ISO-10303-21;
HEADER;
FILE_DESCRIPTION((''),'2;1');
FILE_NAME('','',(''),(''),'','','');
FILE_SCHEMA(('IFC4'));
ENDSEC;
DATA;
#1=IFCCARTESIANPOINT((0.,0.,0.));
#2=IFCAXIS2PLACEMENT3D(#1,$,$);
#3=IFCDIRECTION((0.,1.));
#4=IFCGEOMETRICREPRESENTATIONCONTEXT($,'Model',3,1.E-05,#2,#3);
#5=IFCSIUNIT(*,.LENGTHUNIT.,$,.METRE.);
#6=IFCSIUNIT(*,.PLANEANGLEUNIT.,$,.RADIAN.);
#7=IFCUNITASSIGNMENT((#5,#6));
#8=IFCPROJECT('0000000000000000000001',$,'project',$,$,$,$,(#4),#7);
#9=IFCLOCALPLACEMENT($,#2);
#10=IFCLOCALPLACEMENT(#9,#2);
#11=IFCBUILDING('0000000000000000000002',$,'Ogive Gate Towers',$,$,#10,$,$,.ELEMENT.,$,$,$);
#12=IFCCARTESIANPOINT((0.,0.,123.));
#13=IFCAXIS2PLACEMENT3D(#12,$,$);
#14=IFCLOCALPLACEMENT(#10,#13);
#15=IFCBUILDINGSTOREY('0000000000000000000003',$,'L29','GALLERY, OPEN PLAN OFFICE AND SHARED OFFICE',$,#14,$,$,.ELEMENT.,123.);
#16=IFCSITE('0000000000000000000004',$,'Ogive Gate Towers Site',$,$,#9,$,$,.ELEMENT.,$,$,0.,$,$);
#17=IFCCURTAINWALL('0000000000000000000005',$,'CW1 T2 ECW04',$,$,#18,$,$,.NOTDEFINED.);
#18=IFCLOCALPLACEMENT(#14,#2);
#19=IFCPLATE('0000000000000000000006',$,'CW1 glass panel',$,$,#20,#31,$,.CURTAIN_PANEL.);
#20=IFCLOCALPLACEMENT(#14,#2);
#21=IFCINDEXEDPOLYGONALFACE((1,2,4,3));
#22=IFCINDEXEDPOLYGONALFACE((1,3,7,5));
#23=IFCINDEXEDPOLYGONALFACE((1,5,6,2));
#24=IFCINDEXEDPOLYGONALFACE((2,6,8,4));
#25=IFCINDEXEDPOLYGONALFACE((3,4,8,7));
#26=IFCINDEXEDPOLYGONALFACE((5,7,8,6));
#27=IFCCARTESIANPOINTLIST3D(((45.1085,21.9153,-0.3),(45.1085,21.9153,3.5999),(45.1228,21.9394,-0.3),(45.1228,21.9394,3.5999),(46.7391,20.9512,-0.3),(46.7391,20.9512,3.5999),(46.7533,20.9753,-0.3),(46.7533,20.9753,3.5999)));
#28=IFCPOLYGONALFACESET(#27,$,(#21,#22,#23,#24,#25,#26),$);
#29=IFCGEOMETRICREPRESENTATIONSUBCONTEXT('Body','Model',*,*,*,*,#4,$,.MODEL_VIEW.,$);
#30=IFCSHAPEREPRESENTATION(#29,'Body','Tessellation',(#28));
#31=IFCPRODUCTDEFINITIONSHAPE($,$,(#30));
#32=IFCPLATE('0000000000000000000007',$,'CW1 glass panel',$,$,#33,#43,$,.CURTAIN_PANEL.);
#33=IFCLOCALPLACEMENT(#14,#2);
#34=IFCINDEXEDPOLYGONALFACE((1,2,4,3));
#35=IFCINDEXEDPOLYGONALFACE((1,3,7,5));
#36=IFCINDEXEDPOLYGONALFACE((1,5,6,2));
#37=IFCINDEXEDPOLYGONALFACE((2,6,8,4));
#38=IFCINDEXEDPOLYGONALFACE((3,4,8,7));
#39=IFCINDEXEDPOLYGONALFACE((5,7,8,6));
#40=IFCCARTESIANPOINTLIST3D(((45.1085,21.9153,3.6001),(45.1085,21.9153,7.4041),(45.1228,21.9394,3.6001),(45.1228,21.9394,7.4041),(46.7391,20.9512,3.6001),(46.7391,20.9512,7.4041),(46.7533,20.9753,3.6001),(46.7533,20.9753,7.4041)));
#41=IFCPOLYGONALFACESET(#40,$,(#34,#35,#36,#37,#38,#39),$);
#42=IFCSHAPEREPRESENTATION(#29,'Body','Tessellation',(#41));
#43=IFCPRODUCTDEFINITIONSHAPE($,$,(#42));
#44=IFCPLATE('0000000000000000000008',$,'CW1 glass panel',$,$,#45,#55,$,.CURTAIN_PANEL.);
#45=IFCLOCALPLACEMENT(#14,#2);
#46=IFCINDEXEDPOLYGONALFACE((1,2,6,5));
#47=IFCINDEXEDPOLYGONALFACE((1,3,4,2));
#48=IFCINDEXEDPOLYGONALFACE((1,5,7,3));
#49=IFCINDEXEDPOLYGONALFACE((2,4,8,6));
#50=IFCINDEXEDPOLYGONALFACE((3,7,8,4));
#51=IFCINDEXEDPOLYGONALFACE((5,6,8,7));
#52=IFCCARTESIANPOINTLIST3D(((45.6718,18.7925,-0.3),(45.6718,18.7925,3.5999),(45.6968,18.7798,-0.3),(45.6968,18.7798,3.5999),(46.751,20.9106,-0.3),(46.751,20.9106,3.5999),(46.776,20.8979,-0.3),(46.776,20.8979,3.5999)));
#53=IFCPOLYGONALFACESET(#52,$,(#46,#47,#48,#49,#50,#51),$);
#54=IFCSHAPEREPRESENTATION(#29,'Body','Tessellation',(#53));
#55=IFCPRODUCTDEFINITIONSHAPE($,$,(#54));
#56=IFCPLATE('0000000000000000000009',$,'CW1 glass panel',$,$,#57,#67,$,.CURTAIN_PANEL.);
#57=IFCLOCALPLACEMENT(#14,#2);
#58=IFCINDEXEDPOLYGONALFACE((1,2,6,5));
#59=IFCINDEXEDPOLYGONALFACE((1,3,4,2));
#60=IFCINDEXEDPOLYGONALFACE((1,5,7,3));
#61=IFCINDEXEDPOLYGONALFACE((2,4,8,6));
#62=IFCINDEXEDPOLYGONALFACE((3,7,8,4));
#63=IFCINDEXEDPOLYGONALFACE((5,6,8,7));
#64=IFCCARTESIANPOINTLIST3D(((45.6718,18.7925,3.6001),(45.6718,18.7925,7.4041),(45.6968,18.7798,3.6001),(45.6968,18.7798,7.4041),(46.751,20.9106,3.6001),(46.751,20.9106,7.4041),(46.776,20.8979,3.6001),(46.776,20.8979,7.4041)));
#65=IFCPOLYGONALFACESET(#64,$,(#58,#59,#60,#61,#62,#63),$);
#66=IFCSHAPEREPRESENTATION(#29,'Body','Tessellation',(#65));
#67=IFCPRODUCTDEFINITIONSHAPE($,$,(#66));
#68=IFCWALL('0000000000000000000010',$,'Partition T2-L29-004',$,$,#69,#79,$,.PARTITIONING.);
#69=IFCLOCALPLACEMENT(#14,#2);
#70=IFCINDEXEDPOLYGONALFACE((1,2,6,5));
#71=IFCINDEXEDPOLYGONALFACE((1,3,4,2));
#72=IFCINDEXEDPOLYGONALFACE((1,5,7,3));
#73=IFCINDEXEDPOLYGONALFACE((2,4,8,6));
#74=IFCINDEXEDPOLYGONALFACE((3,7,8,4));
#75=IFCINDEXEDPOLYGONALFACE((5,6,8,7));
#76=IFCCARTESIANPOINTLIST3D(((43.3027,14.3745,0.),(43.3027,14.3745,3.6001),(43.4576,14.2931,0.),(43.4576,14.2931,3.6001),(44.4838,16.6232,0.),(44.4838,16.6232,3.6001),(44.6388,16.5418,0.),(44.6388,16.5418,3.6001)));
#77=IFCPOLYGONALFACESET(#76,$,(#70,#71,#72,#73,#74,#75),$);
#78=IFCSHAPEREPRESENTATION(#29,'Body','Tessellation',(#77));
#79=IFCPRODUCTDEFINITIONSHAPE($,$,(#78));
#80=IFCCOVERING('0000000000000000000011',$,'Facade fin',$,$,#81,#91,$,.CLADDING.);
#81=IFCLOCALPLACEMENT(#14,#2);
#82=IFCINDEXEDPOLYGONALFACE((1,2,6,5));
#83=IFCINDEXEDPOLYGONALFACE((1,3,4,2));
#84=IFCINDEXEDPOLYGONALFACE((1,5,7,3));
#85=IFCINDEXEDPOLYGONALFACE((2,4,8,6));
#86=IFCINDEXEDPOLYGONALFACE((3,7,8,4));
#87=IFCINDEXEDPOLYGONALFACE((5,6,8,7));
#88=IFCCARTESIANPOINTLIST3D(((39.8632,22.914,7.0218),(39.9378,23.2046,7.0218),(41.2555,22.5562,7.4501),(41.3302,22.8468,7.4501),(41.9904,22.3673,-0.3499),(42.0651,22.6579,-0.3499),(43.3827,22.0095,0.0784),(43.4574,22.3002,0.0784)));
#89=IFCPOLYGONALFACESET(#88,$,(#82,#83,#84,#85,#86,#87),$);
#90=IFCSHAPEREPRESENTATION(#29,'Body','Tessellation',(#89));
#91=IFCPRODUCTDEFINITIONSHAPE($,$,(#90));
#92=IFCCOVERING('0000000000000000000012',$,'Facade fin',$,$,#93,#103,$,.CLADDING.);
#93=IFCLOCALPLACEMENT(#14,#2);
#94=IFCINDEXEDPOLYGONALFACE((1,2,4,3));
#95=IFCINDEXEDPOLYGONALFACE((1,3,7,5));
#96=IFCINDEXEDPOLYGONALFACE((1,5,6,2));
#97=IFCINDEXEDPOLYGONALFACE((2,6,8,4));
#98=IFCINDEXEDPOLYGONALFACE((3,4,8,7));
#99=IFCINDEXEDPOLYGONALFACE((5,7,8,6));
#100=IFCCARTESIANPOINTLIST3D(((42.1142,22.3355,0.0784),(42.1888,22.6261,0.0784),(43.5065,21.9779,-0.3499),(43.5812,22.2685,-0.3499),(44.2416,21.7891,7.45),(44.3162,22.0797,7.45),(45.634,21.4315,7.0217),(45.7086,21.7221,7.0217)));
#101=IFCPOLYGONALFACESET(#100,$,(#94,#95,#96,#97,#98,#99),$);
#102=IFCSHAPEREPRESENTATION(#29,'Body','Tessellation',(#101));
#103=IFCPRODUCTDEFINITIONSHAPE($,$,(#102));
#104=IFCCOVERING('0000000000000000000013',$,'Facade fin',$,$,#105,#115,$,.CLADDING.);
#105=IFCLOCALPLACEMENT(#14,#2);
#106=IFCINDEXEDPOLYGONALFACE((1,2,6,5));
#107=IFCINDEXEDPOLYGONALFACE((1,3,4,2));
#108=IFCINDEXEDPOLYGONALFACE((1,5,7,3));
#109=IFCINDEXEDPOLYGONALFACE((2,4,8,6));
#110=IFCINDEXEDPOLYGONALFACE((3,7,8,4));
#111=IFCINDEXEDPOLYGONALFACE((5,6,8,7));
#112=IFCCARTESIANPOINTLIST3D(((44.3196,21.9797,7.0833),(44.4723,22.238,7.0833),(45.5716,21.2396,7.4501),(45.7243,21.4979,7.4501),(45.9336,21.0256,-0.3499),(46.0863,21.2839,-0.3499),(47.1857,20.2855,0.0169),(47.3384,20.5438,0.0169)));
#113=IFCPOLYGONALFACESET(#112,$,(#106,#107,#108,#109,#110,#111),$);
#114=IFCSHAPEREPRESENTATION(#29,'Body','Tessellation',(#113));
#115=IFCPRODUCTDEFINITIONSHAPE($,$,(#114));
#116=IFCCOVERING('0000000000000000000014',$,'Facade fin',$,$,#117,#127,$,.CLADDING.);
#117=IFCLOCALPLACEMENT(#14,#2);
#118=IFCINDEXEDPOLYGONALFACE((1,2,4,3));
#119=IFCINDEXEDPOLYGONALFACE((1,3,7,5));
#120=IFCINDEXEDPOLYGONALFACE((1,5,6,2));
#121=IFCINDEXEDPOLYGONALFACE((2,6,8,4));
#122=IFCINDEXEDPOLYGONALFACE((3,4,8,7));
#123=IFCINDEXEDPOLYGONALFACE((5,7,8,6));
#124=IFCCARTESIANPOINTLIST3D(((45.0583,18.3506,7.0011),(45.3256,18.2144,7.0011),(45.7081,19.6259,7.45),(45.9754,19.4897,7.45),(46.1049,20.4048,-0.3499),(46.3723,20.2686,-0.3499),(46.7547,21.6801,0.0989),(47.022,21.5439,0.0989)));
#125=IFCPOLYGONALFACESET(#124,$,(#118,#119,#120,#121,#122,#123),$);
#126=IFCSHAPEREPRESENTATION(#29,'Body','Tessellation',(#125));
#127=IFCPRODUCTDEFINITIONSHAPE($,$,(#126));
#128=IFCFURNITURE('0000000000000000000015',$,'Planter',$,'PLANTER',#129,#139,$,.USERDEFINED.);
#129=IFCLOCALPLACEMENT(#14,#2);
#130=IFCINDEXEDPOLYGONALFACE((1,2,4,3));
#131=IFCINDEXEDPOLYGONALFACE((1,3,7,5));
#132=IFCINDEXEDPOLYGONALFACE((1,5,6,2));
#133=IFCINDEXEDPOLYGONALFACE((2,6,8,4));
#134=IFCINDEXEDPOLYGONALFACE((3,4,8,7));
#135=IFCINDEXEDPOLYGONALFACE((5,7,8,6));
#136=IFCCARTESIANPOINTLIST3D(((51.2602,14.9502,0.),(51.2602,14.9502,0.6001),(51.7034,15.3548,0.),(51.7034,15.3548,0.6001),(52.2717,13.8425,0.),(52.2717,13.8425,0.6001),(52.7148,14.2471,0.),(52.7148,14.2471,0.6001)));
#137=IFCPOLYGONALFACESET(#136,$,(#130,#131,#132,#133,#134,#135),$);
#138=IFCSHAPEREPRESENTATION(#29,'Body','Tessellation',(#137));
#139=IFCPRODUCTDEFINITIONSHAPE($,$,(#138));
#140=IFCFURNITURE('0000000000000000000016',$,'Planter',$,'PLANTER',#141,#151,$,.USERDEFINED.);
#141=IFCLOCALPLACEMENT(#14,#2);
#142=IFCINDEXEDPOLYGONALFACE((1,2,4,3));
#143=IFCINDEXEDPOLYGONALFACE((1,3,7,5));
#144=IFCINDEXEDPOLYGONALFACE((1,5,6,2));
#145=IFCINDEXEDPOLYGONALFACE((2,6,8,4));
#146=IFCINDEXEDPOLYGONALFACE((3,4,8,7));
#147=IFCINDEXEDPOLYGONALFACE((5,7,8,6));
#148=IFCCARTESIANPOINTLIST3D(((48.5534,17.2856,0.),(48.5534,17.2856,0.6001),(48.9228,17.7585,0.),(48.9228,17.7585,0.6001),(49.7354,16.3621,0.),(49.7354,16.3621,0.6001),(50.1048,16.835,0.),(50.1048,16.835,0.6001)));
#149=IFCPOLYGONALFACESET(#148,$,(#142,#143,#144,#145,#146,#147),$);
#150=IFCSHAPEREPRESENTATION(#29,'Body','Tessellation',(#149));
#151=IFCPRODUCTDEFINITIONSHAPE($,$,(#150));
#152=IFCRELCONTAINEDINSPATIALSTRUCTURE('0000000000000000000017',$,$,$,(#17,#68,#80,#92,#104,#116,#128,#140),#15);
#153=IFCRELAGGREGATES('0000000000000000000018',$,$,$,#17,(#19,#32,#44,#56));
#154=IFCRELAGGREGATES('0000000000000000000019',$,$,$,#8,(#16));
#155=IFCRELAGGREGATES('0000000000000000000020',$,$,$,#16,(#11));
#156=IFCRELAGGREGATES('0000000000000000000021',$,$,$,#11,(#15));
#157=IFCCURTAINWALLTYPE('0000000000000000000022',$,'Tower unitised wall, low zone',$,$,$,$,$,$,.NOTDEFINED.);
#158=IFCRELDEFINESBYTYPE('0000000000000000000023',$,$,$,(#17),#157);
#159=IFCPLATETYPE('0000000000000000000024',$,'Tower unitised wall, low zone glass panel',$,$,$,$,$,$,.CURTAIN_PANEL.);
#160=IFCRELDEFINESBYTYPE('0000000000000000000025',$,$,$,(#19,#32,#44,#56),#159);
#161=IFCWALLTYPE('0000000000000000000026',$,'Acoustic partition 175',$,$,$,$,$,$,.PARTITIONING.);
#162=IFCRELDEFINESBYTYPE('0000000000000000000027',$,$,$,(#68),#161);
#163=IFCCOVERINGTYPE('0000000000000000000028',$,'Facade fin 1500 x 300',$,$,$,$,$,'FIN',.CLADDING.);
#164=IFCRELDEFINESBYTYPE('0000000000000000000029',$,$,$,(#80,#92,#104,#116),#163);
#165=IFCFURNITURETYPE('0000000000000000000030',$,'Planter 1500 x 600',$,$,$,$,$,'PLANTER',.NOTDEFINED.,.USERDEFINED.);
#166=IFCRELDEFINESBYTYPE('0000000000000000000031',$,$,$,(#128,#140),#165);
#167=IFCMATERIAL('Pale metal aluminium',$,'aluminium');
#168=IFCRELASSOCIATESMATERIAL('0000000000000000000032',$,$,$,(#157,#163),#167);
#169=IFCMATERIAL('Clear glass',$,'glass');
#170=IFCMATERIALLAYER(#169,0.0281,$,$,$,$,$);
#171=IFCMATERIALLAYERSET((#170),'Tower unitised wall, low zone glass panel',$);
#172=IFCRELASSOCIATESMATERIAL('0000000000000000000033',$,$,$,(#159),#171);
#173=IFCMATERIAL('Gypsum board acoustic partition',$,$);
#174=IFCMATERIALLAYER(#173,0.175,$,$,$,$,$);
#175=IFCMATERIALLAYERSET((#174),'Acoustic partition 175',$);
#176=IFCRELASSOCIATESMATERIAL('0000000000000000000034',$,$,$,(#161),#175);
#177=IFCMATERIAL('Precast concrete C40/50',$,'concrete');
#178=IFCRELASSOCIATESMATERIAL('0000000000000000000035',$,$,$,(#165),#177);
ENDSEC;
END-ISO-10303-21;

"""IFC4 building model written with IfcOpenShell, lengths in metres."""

from ifc_helpers import new_model, si_unit, direction, frame, frame_2d, origin, origin_2d, place, context, subcontext, project, spatial, rectangle, extrude, material, layer, layer_set, material_profile, profile_set, type_object, element, aggregate, save


model = new_model("IFC4")

# Units and contexts
model_context = context("Model", 3, precision=1e-05, world=origin(), true_north=direction((0.0, 1.0)))
body_context = subcontext(model_context, "Body", "Model", "MODEL_VIEW")
ifc_project = project(units=[si_unit("LENGTHUNIT", "METRE"), si_unit("PLANEANGLEUNIT", "RADIAN")], contexts=[model_context])

# Site, building, storey
site_placement = place(None, origin())
site = spatial("IfcSite", under=ifc_project, at=site_placement, Name="Ogive Gate Towers Site", CompositionType="ELEMENT", RefElevation=0.0)
building_placement = place(site_placement, origin())
building = spatial("IfcBuilding", under=site, at=building_placement, Name="Ogive Gate Towers", CompositionType="ELEMENT")
storey_placement = place(building_placement, frame((0.0, 0.0, 123.0)))
storey = spatial("IfcBuildingStorey", under=building, at=storey_placement, Name="L29", Description="GALLERY, OPEN PLAN OFFICE AND SHARED OFFICE", CompositionType="ELEMENT", Elevation=123.0)

# Shared definitions
ifc_material_1 = material(Name="Pale metal aluminium", Category="aluminium")

# Curtain wall
curtain_wall_type_1 = type_object("IfcCurtainWallType", Name="Tower unitised wall, low zone", PredefinedType="NOTDEFINED", material=ifc_material_1)
curtain_wall_1_placement = place(storey_placement, origin())
curtain_wall_1 = element("IfcCurtainWall", 1, at=curtain_wall_1_placement, inside=storey, type_object=curtain_wall_type_1, Name="CW1 T2 ECW04", PredefinedType="NOTDEFINED")

# Plates
ifc_material_2 = material(Name="Clear glass", Category="glass")
ifc_layer_1 = layer(ifc_material_2, 0.0281)
ifc_layer_set_1 = layer_set([ifc_layer_1], Name="Tower unitised wall, low zone glass panel")
plate_type_1 = type_object("IfcPlateType", Name="Tower unitised wall, low zone glass panel", PredefinedType="CURTAIN_PANEL", material=ifc_layer_set_1)
plate_1_placement = place(storey_placement, frame((45.9309, 21.4453, -0.3), z_axis=(0.0, 0.0, 1.0), x_axis=(0.860795, -0.508951, 0.0)))
plate_1 = element("IfcPlate", 2, at=plate_1_placement, type_object=plate_type_1, Name="CW1 glass panel", PredefinedType="CURTAIN_PANEL", context=body_context, shape_type="SweptSolid", body=[
    extrude(rectangle(XDim=1.8943, YDim=0.0281, at=origin_2d()), origin(), (0.0, 0.0, 1.0), 3.8999),
])
plate_2_placement = place(storey_placement, frame((45.9309, 21.4453, 3.6001), z_axis=(0.0, 0.0, 1.0), x_axis=(0.860795, -0.508951, 0.0)))
plate_2 = element("IfcPlate", 3, at=plate_2_placement, type_object=plate_type_1, Name="CW1 glass panel", PredefinedType="CURTAIN_PANEL", context=body_context, shape_type="SweptSolid", body=[
    extrude(rectangle(XDim=1.8943, YDim=0.0281, at=origin_2d()), origin(), (0.0, 0.0, 1.0), 3.804),
])
plate_3_placement = place(storey_placement, frame((46.2239, 19.8452, -0.3), z_axis=(0.0, 0.0, 1.0), x_axis=(-0.45399, -0.891007, 0.0)))
plate_3 = element("IfcPlate", 4, at=plate_3_placement, type_object=plate_type_1, Name="CW1 glass panel", PredefinedType="CURTAIN_PANEL", context=body_context, shape_type="SweptSolid", body=[
    extrude(rectangle(XDim=2.3772, YDim=0.0281, at=origin_2d()), origin(), (0.0, 0.0, 1.0), 3.8999),
])
plate_4_placement = place(storey_placement, frame((46.2239, 19.8452, 3.6001), z_axis=(0.0, 0.0, 1.0), x_axis=(-0.45399, -0.891007, 0.0)))
plate_4 = element("IfcPlate", 5, at=plate_4_placement, type_object=plate_type_1, Name="CW1 glass panel", PredefinedType="CURTAIN_PANEL", context=body_context, shape_type="SweptSolid", body=[
    extrude(rectangle(XDim=2.3772, YDim=0.0281, at=origin_2d()), origin(), (0.0, 0.0, 1.0), 3.804),
])
aggregate(curtain_wall_1, [plate_1, plate_2, plate_3, plate_4])

# Wall
ifc_material_3 = material(Name="Gypsum board acoustic partition")
ifc_layer_2 = layer(ifc_material_3, 0.175)
ifc_layer_set_2 = layer_set([ifc_layer_2], Name="Acoustic partition 175")
wall_type = type_object("IfcWallType", Name="Acoustic partition 175", PredefinedType="PARTITIONING", material=ifc_layer_set_2)
wall_placement = place(storey_placement, frame((44.5613, 16.5825, 0.0), z_axis=(0.0, 0.0, 1.0), x_axis=(-0.465002, -0.88531, 0.0)))
element("IfcWall", 6, at=wall_placement, inside=storey, type_object=wall_type, Name="Partition T2-L29-004", PredefinedType="PARTITIONING", context=body_context, shape_type="SweptSolid", body=[
    extrude(rectangle(XDim=2.54, YDim=0.175, at=frame_2d((1.27, 0.0))), origin(), (0.0, 0.0, 1.0), 3.6001),
])

# Coverings
ifc_material_profile_1 = material_profile(ifc_material_1, rectangle(XDim=0.3, YDim=1.5, at=origin_2d()), Name="1500 x 300 pale metal aluminium")
ifc_profile_set_1 = profile_set([ifc_material_profile_1], Name="Pale metal aluminium")
covering_type = type_object("IfcCoveringType", Name="Facade fin 1500 x 300", ElementType="FIN", PredefinedType="CLADDING", material=ifc_profile_set_1)
for number, where, z_axis, x_axis, name in (
    (7, (42.7239, 22.3337, -0.1357), (-0.276553, 0.071067, 0.958367), (-0.248886, -0.968533, 0.0), "Facade fin"),
    (8, (42.8477, 22.302, -0.1357), (0.276583, -0.071034, 0.958361), (0.248755, 0.968566, 0.0), "Facade fin"),
):
    element("IfcCovering", number, at=place(storey_placement, frame(where, z_axis=z_axis, x_axis=x_axis)), inside=storey, type_object=covering_type, Name=name, PredefinedType="CLADDING", context=body_context, shape_type="SweptSolid", body=[
        extrude(rectangle(XDim=0.3, YDim=1.5, at=origin_2d()), origin(), (0.0, 0.0, 1.0), 7.6919),
    ])
covering_1_placement = place(storey_placement, frame((46.636, 20.7847, -0.1665), z_axis=(-0.210544, 0.12446, 0.969629), x_axis=(-0.508874, -0.860841, 0.0)))
element("IfcCovering", 9, at=covering_1_placement, inside=storey, type_object=covering_type, Name="Facade fin", PredefinedType="CLADDING", context=body_context, shape_type="SweptSolid", body=[
    extrude(rectangle(XDim=0.3, YDim=1.5, at=origin_2d()), origin(), (0.0, 0.0, 1.0), 7.666),
])
covering_2_placement = place(storey_placement, frame((46.5635, 20.9744, -0.1255), z_axis=(-0.135853, -0.266636, 0.954174), x_axis=(0.891013, -0.453978, 0.0)))
element("IfcCovering", 10, at=covering_2_placement, inside=storey, type_object=covering_type, Name="Facade fin", PredefinedType="CLADDING", context=body_context, shape_type="SweptSolid", body=[
    extrude(rectangle(XDim=0.3, YDim=1.5, at=origin_2d()), origin(), (0.0, 0.0, 1.0), 7.7041),
])

# Furniture
ifc_material_4 = material(Name="Precast concrete C40/50", Category="concrete")
furniture_type = type_object("IfcFurnitureType", Name="Planter 1500 x 600", ElementType="PLANTER", AssemblyPlace="NOTDEFINED", PredefinedType="USERDEFINED", material=ifc_material_4)
for number, where, z_axis, x_axis, name in (
    (11, (51.9875, 14.5986, 0.0), (0.0, 0.0, 1.0), (-0.674302, 0.738455, 0.0), "Planter"),
    (12, (49.3291, 17.0603, 0.0), (0.0, 0.0, 1.0), (-0.788011, 0.615661, 0.0), "Planter"),
):
    element("IfcFurniture", number, at=place(storey_placement, frame(where, z_axis=z_axis, x_axis=x_axis)), inside=storey, type_object=furniture_type, Name=name, ObjectType="PLANTER", PredefinedType="USERDEFINED", context=body_context, shape_type="SweptSolid", body=[
        extrude(rectangle(XDim=1.5, YDim=0.6001, at=origin_2d()), origin(), (0.0, 0.0, 1.0), 0.6001),
    ])

save(model, "model.ifc")
